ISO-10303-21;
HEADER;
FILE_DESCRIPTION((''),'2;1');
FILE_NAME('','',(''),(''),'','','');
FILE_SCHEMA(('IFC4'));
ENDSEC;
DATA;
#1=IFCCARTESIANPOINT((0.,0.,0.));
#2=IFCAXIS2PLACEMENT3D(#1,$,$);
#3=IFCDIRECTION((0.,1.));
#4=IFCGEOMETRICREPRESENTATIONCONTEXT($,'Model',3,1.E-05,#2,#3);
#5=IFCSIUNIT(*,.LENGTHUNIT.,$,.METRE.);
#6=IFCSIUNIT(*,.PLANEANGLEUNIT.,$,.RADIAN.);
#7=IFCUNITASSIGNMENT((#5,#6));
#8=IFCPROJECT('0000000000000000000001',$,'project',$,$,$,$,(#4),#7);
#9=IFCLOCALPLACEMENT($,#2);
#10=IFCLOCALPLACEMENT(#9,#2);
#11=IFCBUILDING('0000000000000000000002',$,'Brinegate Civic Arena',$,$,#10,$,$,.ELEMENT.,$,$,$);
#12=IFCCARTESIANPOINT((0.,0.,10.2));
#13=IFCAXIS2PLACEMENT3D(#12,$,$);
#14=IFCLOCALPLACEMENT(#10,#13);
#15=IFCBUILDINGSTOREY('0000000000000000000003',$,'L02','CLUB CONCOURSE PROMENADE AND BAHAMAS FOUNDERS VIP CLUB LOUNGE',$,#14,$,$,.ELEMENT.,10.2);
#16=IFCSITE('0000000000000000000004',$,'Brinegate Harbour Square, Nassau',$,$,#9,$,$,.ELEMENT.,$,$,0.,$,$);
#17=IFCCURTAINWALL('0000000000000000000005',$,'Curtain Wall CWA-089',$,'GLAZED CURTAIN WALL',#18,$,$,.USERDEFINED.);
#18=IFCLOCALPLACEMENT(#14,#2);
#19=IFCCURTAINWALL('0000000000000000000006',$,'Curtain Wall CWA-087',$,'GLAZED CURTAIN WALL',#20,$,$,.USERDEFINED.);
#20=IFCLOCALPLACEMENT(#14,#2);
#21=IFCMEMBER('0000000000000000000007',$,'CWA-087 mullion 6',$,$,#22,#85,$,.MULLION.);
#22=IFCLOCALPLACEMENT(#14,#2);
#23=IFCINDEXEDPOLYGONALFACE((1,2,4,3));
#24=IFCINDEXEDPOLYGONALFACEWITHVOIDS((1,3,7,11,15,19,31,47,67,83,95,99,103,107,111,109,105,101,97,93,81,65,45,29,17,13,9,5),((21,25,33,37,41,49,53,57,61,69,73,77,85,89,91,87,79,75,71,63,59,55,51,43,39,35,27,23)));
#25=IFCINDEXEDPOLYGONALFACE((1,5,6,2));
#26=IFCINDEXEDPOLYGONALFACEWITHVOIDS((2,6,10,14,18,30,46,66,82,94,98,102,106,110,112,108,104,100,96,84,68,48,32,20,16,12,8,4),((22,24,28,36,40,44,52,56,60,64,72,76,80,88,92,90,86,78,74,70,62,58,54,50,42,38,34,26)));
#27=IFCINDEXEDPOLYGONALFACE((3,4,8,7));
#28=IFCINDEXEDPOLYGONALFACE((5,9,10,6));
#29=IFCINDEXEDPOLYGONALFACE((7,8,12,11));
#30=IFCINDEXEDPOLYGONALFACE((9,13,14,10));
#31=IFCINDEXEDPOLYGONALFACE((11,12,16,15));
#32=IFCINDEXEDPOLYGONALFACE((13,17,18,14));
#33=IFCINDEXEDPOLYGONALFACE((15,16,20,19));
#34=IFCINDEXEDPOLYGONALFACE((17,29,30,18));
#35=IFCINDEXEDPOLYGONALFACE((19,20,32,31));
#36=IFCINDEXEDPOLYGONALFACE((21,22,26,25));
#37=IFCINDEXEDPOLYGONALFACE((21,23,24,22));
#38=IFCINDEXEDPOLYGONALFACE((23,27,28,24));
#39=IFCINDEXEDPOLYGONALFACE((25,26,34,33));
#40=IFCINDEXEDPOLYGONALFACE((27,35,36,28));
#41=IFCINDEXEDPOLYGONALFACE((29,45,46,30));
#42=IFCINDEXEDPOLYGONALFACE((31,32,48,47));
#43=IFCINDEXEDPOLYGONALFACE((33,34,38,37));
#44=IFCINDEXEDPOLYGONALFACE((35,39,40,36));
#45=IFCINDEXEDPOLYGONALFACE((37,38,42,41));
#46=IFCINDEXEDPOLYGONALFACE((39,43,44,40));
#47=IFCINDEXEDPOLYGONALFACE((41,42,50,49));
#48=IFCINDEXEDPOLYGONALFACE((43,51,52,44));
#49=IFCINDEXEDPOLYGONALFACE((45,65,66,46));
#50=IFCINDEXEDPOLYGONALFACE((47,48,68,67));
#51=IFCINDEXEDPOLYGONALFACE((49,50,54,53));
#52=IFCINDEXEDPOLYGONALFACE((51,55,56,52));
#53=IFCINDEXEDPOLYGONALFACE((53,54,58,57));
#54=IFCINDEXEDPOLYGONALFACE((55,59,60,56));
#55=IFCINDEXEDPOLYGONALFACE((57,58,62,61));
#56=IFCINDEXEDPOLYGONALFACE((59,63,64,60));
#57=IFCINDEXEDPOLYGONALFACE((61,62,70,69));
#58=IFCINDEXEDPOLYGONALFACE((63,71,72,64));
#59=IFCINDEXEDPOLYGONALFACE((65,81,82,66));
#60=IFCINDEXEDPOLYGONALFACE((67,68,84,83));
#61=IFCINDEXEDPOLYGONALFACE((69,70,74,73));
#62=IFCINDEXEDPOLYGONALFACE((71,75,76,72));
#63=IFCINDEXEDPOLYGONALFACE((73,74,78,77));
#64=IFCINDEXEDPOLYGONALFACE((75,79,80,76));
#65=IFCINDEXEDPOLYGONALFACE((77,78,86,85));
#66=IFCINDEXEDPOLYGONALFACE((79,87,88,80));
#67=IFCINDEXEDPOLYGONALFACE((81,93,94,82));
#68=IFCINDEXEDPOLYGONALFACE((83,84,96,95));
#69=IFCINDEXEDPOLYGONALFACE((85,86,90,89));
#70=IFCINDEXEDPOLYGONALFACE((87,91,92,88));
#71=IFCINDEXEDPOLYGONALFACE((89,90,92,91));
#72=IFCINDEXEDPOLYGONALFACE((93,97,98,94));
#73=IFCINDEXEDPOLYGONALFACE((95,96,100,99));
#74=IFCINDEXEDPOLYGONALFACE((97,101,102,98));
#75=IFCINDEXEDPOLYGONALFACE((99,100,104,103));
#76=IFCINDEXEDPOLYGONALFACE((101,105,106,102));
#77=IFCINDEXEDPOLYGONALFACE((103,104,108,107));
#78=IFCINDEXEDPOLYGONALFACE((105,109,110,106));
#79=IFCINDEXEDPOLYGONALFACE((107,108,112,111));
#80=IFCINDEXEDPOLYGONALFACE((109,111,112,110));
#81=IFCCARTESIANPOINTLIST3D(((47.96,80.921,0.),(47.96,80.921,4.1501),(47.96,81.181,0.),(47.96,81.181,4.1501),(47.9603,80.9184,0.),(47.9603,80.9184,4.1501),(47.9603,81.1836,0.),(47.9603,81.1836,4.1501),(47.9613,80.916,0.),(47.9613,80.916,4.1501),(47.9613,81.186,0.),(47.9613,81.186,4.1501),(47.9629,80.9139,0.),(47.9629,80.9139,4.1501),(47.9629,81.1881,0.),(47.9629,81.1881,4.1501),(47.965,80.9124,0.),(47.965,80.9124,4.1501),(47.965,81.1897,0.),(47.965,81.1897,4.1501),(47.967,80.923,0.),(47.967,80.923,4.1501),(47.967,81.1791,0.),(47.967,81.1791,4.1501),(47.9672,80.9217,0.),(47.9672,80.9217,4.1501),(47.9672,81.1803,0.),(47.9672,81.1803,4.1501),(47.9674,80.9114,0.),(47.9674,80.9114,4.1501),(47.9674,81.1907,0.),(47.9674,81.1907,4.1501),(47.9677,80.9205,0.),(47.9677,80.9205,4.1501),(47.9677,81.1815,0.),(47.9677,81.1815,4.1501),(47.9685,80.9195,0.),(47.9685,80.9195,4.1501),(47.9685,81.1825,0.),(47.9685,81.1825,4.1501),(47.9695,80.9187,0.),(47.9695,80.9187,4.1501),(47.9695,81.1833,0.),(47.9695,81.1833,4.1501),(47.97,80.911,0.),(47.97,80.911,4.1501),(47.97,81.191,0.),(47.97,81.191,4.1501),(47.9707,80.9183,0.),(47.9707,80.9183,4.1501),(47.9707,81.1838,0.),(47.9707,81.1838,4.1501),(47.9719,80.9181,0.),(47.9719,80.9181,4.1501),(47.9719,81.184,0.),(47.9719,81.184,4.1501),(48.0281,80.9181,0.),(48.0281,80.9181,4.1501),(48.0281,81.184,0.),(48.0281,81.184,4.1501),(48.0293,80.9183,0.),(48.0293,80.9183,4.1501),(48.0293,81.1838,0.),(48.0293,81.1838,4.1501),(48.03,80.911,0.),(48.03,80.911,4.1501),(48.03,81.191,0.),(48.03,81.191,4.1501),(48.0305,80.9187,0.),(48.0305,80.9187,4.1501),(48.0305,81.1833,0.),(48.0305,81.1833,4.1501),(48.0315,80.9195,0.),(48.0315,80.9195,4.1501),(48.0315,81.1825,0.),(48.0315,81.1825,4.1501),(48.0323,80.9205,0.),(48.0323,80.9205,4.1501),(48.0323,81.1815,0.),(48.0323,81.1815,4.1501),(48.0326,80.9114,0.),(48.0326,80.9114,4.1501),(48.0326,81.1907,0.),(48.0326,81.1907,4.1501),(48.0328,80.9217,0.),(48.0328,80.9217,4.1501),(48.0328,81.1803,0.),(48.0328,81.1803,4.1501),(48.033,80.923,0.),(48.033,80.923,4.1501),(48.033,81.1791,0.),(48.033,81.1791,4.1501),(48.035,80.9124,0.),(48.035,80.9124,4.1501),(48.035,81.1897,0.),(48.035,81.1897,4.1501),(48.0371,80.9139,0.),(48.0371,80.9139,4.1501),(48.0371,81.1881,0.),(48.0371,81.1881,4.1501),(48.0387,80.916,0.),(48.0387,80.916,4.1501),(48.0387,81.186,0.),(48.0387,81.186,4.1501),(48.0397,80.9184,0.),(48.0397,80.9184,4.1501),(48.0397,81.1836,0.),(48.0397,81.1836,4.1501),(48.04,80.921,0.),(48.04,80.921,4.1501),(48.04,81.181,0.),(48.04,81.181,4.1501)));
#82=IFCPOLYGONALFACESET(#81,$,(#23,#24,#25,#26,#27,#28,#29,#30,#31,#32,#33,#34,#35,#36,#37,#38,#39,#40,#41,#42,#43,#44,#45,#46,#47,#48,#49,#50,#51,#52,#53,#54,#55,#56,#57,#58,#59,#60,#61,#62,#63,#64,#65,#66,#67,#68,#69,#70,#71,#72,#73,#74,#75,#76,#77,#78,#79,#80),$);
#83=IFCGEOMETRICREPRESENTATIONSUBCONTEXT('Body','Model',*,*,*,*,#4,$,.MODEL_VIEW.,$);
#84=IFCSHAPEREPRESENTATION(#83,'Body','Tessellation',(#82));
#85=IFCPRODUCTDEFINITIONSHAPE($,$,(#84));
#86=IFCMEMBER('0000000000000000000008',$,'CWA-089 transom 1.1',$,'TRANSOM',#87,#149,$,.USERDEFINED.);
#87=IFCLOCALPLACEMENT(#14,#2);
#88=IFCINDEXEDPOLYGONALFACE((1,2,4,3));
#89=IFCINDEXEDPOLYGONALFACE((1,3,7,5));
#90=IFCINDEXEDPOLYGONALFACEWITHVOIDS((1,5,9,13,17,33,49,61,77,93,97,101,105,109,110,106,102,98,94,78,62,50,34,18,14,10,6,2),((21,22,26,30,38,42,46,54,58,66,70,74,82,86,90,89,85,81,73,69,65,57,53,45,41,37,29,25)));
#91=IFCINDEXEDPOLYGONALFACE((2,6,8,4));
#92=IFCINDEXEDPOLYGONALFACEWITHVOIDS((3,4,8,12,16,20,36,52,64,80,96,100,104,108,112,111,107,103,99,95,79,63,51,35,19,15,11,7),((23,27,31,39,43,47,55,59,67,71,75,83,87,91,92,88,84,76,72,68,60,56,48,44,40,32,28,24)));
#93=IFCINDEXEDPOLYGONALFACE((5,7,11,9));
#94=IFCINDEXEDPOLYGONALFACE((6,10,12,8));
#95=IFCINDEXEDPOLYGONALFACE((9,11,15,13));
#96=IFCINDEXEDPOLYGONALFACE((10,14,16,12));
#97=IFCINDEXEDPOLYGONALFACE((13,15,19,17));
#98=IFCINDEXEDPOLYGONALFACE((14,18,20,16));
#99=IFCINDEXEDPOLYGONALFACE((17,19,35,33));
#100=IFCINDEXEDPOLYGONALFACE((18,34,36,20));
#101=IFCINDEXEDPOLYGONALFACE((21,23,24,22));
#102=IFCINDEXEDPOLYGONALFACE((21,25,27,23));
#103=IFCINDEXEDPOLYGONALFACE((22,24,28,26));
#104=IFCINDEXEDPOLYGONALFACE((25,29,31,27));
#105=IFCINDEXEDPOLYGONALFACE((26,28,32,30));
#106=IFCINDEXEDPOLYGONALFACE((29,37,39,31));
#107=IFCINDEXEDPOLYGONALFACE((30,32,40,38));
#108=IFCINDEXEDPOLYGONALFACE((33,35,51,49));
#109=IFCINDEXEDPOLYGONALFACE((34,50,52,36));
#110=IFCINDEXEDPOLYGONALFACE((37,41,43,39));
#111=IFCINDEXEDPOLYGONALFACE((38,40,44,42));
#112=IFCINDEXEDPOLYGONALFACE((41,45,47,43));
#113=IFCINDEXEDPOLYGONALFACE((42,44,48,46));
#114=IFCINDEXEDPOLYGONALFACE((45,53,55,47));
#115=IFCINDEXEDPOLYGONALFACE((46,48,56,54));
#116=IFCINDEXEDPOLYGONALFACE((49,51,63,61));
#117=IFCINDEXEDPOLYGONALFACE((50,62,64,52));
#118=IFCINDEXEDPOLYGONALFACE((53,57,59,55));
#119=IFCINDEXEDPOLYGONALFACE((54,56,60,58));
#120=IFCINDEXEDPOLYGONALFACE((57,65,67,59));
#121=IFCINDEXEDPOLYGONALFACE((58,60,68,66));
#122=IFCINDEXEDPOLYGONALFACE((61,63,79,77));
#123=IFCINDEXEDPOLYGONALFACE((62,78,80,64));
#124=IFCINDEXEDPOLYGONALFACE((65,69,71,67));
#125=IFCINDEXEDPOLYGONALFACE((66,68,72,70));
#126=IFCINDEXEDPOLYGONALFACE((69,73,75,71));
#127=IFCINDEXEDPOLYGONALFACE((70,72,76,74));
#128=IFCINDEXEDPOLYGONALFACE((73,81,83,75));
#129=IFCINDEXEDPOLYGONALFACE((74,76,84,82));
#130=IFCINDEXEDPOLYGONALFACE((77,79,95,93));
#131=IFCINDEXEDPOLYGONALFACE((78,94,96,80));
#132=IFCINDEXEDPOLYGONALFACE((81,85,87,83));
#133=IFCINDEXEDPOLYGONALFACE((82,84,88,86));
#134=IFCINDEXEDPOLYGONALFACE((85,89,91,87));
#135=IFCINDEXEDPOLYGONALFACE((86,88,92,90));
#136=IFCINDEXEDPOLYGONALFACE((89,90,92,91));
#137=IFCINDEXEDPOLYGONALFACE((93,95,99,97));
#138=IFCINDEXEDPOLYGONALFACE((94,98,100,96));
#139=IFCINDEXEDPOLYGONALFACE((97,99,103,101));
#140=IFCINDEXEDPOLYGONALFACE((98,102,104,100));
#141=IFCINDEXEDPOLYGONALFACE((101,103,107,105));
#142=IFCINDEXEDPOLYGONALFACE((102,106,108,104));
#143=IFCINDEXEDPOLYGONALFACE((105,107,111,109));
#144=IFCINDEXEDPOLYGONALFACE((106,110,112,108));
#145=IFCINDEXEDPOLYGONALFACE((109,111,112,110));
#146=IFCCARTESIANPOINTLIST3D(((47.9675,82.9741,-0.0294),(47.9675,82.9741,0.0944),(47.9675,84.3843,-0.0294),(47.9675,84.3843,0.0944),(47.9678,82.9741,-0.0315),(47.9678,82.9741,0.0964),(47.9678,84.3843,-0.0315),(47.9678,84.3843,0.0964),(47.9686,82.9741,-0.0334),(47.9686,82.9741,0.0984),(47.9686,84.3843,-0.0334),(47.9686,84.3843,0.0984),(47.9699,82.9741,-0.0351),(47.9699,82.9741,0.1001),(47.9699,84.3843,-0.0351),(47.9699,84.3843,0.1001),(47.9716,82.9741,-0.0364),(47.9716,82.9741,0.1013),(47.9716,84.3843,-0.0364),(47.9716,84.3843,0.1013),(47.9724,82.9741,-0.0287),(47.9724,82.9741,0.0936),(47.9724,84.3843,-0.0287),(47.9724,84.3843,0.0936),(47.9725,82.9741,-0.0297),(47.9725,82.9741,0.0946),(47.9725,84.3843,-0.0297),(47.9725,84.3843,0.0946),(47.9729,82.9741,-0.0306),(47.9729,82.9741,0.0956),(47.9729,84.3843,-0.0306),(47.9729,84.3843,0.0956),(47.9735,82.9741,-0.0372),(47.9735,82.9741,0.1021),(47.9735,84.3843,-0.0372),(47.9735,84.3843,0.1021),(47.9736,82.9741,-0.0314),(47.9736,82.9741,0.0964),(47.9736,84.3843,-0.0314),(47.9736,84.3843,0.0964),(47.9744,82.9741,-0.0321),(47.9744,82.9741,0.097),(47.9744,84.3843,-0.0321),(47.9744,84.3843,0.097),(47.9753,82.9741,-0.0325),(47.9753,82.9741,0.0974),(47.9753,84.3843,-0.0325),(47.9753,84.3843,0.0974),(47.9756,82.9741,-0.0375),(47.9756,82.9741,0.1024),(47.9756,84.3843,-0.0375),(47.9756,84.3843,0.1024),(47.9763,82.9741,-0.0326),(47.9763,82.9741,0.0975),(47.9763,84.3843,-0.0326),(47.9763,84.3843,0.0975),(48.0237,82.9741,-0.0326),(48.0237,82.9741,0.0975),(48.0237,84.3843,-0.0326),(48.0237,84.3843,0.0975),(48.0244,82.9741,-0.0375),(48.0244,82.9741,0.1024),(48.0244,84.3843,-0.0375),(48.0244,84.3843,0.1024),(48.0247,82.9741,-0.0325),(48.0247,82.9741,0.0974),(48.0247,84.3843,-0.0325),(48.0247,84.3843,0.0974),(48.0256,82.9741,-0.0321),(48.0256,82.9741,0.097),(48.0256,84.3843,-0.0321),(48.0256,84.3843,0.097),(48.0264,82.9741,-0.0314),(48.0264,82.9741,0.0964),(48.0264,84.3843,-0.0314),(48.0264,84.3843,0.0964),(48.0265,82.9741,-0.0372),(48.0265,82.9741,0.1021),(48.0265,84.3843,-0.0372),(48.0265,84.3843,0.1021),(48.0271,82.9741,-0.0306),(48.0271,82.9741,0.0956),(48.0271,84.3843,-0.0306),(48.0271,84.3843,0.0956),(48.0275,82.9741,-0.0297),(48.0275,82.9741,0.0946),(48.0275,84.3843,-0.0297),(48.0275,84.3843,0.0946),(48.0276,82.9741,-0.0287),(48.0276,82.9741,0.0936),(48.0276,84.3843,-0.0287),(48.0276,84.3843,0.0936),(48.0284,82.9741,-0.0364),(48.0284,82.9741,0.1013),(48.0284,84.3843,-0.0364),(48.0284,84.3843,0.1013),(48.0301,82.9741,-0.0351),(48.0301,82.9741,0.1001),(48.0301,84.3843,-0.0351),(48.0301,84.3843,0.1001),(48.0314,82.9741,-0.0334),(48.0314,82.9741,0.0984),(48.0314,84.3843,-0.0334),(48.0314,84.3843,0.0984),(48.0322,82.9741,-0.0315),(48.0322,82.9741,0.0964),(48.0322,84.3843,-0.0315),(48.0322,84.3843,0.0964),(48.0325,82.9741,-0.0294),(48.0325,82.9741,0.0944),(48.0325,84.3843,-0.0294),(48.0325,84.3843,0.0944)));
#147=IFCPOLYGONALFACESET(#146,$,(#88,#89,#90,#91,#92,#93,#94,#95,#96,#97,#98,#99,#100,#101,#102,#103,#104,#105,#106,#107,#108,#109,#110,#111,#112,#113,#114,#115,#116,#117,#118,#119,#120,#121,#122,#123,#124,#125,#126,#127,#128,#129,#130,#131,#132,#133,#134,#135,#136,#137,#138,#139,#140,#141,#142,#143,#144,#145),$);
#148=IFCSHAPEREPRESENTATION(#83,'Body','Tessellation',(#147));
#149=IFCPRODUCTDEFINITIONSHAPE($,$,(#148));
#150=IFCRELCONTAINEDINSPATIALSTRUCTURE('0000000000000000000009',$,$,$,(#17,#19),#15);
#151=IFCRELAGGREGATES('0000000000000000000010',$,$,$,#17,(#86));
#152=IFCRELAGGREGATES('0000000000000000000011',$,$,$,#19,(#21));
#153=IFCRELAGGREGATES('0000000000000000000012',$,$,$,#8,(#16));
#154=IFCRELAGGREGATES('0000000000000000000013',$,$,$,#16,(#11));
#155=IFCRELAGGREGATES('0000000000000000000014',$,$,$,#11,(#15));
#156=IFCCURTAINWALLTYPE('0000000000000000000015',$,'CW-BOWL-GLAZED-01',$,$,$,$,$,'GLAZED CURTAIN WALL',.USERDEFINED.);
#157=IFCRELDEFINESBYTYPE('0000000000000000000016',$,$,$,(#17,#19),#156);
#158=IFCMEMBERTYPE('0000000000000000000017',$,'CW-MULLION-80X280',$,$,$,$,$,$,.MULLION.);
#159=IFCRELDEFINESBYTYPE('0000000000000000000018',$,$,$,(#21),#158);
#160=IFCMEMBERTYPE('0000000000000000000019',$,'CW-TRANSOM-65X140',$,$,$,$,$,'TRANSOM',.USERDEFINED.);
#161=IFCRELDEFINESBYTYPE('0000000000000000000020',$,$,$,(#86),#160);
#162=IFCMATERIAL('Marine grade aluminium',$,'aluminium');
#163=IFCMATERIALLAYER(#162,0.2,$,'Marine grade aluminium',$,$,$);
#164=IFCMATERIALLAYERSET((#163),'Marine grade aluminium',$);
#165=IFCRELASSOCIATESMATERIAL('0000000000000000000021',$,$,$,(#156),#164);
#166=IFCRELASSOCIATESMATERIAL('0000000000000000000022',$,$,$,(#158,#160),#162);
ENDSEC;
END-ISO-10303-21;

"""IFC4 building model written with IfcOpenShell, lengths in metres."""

from ifc_helpers import new_model, si_unit, direction, frame, origin, origin_2d, place, context, subcontext, project, spatial, hollow_rectangle, extrude, material, layer, layer_set, material_profile, profile_set, type_object, element, aggregate, save


model = new_model("IFC4")

# Units and contexts
model_context = context("Model", 3, precision=1e-05, world=origin(), true_north=direction((0.0, 1.0)))
body_context = subcontext(model_context, "Body", "Model", "MODEL_VIEW")
ifc_project = project(units=[si_unit("LENGTHUNIT", "METRE"), si_unit("PLANEANGLEUNIT", "RADIAN")], contexts=[model_context])

# Site, building, storey
site_placement = place(None, origin())
site = spatial("IfcSite", under=ifc_project, at=site_placement, Name="Brinegate Harbour Square, Nassau", CompositionType="ELEMENT", RefElevation=0.0)
building_placement = place(site_placement, origin())
building = spatial("IfcBuilding", under=site, at=building_placement, Name="Brinegate Civic Arena", CompositionType="ELEMENT")
storey_placement = place(building_placement, frame((0.0, 0.0, 10.2)))
storey = spatial("IfcBuildingStorey", under=building, at=storey_placement, Name="L02", Description="CLUB CONCOURSE PROMENADE AND BAHAMAS FOUNDERS VIP CLUB LOUNGE", CompositionType="ELEMENT", Elevation=10.2)

# Curtain wall
ifc_material_1 = material(Name="Marine grade aluminium", Category="aluminium")
ifc_layer_1 = layer(ifc_material_1, 0.2, Name="Marine grade aluminium")
ifc_layer_set_1 = layer_set([ifc_layer_1], Name="Marine grade aluminium")
curtain_wall_type = type_object("IfcCurtainWallType", Name="CW-BOWL-GLAZED-01", ElementType="GLAZED CURTAIN WALL", PredefinedType="USERDEFINED", material=ifc_layer_set_1)
curtain_wall_1_placement = place(storey_placement, origin())
curtain_wall_1 = element("IfcCurtainWall", 1, at=curtain_wall_1_placement, inside=storey, type_object=curtain_wall_type, Name="Curtain Wall CWA-089", ObjectType="GLAZED CURTAIN WALL", PredefinedType="USERDEFINED")

# Curtain wall, member
curtain_wall_2_placement = place(storey_placement, origin())
curtain_wall_2 = element("IfcCurtainWall", 2, at=curtain_wall_2_placement, inside=storey, type_object=curtain_wall_type, Name="Curtain Wall CWA-087", ObjectType="GLAZED CURTAIN WALL", PredefinedType="USERDEFINED")
ifc_material_profile_1 = material_profile(ifc_material_1, hollow_rectangle(XDim=0.0801, YDim=0.28, WallThickness=0.0071, InnerFilletRadius=0.0049, OuterFilletRadius=0.01, at=origin_2d()), Name="MUL80X280")
ifc_profile_set_1 = profile_set([ifc_material_profile_1], Name="Marine grade aluminium")
member_type_1 = type_object("IfcMemberType", Name="CW-MULLION-80X280", PredefinedType="MULLION", material=ifc_profile_set_1)
member_1_placement = place(storey_placement, frame((48.0, 81.051, 0.0), z_axis=(0.0, 0.0, 1.0), x_axis=(-1.0, 0.0, 0.0)))
member_1 = element("IfcMember", 3, at=member_1_placement, type_object=member_type_1, Name="CWA-087 mullion 6", PredefinedType="MULLION", context=body_context, shape_type="SweptSolid", body=[
    extrude(hollow_rectangle(XDim=0.0801, YDim=0.28, WallThickness=0.0071, InnerFilletRadius=0.0049, OuterFilletRadius=0.01, at=origin_2d()), origin(), (0.0, 0.0, 1.0), 4.1501),
])

# Member
ifc_material_profile_2 = material_profile(ifc_material_1, hollow_rectangle(XDim=0.0649, YDim=0.1399, WallThickness=0.0049, InnerFilletRadius=0.0039, OuterFilletRadius=0.0081, at=origin_2d()), Name="TRN65X140")
ifc_profile_set_2 = profile_set([ifc_material_profile_2], Name="Marine grade aluminium")
member_type_2 = type_object("IfcMemberType", Name="CW-TRANSOM-65X140", ElementType="TRANSOM", PredefinedType="USERDEFINED", material=ifc_profile_set_2)
member_2_placement = place(storey_placement, frame((48.0, 82.9741, 0.0325), z_axis=(0.0, 1.0, 0.0), x_axis=(-1.0, 0.0, 0.0)))
member_2 = element("IfcMember", 4, at=member_2_placement, type_object=member_type_2, Name="CWA-089 transom 1.1", ObjectType="TRANSOM", PredefinedType="USERDEFINED", context=body_context, shape_type="SweptSolid", body=[
    extrude(hollow_rectangle(XDim=0.0649, YDim=0.1399, WallThickness=0.0049, InnerFilletRadius=0.0039, OuterFilletRadius=0.0081, at=origin_2d()), origin(), (0.0, 0.0, 1.0), 1.4102),
])

aggregate(curtain_wall_1, [member_2])
aggregate(curtain_wall_2, [member_1])

save(model, "model.ifc")
